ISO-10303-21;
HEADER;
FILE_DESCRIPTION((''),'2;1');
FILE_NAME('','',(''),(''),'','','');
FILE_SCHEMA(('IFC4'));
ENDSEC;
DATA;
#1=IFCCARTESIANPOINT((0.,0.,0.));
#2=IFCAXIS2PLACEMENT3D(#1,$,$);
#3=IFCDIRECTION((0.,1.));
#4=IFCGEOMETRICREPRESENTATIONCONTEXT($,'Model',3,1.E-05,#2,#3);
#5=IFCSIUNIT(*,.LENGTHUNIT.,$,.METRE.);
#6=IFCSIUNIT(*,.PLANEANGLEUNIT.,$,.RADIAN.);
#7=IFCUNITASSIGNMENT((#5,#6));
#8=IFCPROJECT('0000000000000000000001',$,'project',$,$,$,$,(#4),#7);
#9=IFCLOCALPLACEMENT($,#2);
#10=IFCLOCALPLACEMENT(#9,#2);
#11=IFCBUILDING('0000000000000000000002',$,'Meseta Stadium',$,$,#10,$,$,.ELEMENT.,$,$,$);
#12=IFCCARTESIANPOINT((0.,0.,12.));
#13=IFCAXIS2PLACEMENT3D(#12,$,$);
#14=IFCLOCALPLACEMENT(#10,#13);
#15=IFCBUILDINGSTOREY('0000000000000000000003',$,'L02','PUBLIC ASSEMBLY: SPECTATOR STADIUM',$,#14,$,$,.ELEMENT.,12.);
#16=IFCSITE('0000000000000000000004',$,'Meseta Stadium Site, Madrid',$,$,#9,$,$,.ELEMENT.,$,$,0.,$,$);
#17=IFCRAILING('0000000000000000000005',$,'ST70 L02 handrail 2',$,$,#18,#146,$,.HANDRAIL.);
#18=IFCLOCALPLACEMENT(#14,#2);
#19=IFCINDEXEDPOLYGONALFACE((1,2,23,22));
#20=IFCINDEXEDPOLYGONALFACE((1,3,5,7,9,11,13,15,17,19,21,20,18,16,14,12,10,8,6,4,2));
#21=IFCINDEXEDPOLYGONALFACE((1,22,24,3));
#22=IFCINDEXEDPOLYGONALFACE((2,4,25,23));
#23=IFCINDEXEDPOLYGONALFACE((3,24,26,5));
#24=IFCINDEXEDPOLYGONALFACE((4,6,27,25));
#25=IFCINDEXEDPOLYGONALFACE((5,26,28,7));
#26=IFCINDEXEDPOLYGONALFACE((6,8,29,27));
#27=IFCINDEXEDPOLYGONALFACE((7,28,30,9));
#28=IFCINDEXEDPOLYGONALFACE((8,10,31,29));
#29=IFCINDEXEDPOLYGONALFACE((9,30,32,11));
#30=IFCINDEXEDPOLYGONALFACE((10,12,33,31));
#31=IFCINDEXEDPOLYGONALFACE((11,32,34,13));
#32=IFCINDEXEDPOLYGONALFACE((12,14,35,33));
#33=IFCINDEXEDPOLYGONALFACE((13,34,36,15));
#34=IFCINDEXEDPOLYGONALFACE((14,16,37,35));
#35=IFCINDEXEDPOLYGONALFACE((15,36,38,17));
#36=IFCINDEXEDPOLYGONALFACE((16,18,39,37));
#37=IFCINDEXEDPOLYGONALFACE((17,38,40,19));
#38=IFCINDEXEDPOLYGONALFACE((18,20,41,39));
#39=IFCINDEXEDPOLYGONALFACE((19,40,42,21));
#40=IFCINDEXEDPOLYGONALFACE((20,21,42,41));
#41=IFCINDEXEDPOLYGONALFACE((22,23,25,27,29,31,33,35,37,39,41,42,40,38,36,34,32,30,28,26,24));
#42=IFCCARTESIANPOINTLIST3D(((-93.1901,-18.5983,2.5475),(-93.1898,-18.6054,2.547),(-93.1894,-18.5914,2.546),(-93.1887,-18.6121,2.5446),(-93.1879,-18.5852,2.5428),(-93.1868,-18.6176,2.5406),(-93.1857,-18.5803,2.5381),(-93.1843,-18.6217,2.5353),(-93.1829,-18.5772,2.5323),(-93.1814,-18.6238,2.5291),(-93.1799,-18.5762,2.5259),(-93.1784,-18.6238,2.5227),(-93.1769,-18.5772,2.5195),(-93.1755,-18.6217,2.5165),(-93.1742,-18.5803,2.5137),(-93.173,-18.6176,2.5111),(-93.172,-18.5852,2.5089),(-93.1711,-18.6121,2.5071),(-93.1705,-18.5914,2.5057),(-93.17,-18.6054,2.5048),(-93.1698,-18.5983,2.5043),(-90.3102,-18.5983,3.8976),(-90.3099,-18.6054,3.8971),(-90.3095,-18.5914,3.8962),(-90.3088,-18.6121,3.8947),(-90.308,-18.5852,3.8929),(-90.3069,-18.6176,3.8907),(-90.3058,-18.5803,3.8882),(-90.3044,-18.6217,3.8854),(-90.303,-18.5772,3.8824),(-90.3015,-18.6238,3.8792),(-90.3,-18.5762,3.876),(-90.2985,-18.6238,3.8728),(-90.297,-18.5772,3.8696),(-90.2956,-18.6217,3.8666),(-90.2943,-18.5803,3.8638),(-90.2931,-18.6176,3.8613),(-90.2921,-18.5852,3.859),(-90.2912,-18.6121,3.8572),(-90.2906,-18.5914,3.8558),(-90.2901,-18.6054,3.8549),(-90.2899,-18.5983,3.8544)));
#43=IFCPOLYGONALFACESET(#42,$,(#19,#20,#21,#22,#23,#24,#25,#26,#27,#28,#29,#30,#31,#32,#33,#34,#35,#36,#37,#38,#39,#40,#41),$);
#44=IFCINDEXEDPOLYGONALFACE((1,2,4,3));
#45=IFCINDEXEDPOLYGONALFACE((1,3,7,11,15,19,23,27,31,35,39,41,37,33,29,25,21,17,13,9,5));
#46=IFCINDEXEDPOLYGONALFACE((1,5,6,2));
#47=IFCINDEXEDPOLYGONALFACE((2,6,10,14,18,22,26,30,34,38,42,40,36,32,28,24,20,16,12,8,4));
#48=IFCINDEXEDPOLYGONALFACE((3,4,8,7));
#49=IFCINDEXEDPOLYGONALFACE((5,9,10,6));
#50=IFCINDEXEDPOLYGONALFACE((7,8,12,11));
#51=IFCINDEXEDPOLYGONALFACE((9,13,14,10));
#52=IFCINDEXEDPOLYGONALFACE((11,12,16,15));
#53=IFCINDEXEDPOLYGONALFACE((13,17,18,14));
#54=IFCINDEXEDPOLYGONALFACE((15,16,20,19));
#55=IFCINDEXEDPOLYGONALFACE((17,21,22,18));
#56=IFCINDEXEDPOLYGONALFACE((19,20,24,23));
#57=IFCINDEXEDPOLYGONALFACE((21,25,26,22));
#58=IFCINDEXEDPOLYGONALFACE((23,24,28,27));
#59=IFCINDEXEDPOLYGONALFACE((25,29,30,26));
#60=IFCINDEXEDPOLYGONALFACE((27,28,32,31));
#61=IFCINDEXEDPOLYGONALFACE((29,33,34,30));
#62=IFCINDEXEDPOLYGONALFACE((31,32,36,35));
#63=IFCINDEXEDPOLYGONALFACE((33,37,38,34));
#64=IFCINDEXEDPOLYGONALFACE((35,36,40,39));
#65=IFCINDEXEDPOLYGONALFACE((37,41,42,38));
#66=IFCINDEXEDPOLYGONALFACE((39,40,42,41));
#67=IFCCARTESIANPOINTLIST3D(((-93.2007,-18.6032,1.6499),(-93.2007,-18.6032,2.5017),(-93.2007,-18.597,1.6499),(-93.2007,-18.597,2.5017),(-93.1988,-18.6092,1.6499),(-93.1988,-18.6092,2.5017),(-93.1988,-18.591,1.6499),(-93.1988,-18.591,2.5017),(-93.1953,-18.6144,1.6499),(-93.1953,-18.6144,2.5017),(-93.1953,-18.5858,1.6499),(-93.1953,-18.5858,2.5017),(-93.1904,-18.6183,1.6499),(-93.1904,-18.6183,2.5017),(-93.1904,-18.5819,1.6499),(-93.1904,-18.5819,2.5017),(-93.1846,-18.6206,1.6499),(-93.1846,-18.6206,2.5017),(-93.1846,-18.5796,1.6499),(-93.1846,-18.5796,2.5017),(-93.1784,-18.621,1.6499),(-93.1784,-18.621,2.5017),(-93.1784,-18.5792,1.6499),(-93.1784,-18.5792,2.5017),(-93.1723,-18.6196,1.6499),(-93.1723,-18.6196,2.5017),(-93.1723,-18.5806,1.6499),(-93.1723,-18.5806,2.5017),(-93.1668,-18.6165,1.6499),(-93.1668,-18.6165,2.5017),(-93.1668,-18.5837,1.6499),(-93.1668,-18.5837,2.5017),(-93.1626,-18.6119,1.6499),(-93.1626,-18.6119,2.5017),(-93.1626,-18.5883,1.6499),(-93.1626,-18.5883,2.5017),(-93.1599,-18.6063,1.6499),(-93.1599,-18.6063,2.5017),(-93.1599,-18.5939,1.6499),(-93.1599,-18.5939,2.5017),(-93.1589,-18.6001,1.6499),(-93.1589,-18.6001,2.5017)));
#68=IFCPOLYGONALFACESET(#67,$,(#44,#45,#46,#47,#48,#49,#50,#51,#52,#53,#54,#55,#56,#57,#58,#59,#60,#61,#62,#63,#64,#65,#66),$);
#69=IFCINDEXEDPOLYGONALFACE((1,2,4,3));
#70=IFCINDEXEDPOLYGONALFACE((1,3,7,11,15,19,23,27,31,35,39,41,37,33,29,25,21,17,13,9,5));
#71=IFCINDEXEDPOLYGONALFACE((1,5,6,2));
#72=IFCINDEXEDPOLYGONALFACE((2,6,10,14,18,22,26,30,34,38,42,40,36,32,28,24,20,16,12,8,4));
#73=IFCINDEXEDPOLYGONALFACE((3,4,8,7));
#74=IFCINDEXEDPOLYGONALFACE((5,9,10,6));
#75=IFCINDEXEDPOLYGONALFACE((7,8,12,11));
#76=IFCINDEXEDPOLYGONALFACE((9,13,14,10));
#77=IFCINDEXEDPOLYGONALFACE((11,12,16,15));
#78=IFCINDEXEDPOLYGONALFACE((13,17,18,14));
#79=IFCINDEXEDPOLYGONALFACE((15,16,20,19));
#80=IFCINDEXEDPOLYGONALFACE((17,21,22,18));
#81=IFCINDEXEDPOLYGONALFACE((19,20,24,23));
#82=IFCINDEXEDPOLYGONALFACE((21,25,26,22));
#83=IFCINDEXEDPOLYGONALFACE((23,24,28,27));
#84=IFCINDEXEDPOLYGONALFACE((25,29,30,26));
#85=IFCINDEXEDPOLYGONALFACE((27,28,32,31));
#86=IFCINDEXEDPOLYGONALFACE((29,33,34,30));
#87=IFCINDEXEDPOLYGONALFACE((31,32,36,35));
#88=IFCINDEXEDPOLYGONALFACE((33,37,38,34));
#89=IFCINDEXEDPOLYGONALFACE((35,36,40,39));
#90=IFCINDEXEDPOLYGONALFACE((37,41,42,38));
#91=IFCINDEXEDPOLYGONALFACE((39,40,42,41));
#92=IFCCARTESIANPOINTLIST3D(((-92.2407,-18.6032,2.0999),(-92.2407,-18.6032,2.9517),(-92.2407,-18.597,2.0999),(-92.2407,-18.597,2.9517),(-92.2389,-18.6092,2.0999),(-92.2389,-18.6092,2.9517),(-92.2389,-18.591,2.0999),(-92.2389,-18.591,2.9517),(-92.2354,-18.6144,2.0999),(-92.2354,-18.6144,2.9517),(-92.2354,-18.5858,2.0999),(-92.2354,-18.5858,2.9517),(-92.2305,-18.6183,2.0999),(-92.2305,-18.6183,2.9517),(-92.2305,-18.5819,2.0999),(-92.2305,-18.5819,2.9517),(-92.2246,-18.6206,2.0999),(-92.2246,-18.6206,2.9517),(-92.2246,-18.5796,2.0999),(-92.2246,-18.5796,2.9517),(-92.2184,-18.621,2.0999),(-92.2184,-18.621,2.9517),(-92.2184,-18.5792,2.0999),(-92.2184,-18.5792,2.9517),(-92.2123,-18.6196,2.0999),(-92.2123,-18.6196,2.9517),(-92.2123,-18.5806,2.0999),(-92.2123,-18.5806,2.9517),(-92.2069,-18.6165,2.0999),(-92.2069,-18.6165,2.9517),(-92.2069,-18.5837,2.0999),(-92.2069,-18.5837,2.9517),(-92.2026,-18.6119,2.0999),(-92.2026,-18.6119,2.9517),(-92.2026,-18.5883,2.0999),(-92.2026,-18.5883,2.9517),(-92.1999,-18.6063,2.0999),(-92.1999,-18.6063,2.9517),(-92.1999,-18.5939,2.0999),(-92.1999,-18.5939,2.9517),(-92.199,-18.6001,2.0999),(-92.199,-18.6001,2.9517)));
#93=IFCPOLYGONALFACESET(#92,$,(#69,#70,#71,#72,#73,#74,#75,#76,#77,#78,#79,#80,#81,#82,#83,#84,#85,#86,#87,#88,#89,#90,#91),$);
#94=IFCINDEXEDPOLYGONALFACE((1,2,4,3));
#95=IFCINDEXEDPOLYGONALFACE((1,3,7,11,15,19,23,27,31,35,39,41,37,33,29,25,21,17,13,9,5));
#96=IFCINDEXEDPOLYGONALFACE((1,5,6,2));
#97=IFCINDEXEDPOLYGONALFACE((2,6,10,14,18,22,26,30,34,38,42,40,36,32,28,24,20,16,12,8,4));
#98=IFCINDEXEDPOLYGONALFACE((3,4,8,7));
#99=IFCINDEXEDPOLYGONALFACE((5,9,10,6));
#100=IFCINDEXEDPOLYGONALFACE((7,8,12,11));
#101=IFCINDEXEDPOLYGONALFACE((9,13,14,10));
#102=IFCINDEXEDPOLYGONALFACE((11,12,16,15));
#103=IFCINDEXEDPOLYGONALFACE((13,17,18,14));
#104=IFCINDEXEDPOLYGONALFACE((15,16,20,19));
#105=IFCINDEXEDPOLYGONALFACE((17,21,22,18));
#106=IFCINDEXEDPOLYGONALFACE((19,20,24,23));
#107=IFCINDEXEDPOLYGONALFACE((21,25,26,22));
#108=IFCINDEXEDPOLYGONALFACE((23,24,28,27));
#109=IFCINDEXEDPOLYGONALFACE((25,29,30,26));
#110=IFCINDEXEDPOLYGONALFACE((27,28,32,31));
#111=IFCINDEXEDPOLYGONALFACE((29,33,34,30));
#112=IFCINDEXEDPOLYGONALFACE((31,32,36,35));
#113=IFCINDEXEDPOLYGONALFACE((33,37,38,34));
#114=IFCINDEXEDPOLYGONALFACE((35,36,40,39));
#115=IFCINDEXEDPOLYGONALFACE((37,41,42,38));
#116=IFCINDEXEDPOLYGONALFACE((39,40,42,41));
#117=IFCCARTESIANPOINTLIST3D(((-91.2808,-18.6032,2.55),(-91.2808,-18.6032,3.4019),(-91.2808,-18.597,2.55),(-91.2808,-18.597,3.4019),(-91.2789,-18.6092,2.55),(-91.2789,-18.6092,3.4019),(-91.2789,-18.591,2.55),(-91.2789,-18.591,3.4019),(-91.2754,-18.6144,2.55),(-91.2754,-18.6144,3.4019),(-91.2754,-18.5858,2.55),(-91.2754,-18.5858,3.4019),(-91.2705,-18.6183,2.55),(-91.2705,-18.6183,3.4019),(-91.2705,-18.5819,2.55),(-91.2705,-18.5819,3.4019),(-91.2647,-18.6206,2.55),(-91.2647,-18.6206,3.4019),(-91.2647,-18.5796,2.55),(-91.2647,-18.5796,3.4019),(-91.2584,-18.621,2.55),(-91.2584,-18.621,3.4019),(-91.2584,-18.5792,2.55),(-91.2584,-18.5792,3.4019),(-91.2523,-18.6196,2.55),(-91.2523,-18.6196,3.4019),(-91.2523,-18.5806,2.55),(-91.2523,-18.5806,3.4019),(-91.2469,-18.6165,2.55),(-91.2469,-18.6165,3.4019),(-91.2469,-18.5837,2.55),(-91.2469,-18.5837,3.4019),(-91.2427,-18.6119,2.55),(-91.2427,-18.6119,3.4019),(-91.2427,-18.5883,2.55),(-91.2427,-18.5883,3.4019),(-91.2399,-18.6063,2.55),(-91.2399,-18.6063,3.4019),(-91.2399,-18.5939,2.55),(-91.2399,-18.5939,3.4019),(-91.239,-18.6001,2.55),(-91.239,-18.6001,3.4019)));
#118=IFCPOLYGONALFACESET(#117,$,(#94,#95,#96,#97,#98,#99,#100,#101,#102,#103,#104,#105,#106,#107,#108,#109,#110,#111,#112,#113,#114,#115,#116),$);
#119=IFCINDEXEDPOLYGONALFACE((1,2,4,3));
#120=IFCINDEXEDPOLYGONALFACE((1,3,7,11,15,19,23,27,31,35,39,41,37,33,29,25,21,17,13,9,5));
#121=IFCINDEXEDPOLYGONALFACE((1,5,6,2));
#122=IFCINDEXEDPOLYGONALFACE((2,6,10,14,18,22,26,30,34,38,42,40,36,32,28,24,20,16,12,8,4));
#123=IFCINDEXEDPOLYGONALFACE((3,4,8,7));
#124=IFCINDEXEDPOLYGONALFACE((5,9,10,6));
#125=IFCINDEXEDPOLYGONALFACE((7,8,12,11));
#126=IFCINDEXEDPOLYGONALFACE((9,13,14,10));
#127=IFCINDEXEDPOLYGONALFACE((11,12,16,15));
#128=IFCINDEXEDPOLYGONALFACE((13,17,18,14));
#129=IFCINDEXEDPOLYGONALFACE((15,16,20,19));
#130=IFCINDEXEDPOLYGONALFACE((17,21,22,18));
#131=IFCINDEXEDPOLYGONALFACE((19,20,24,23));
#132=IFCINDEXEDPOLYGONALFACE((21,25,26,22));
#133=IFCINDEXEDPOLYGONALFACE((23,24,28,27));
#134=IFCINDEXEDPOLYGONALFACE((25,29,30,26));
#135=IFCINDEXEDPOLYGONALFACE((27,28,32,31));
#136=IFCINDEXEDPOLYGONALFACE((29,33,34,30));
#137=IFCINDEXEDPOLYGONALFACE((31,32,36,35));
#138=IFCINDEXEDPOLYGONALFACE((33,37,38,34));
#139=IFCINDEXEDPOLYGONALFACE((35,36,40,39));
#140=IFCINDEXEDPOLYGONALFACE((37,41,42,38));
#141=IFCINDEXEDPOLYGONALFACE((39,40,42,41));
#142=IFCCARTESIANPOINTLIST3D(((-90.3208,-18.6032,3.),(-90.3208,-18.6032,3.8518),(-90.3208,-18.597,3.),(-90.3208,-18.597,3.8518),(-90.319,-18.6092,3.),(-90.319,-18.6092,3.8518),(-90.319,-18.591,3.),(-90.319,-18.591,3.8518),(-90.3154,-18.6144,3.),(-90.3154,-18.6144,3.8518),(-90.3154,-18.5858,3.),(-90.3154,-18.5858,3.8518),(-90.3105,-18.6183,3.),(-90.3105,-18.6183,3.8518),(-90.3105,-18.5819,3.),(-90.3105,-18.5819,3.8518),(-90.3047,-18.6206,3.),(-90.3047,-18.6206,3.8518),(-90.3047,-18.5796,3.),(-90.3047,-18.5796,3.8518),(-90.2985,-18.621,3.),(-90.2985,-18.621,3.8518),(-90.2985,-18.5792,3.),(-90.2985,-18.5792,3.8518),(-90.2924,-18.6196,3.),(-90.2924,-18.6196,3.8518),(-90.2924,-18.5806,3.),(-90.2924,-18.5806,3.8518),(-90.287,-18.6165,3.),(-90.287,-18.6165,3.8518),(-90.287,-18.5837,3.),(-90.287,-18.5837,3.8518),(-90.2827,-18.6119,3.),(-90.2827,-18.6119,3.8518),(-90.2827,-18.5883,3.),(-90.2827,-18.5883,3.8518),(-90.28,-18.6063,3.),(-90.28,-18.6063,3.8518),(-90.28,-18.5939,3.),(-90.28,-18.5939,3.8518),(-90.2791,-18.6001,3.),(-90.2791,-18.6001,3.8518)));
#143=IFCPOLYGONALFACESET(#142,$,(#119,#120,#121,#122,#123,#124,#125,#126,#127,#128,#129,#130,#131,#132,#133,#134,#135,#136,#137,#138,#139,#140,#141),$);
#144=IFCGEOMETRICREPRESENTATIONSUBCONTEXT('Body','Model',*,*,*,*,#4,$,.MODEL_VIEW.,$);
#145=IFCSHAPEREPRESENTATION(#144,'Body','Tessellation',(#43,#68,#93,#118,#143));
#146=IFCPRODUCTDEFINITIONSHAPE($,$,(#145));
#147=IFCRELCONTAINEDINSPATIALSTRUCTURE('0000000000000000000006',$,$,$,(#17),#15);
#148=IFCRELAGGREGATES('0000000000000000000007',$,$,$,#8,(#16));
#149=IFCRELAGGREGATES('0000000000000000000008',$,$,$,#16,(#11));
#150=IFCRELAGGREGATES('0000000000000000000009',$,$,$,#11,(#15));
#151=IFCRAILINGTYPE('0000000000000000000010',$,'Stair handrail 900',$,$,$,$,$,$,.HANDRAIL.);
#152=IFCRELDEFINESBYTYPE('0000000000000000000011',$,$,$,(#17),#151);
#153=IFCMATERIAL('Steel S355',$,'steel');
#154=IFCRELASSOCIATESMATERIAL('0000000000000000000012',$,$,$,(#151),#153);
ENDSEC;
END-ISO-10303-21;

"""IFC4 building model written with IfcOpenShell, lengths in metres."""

from ifc_helpers import new_model, si_unit, direction, frame, origin, origin_2d, place, context, subcontext, project, spatial, circle, extrude, material, type_object, element, save


model = new_model("IFC4")

# Units and contexts
model_context = context("Model", 3, precision=1e-05, world=origin(), true_north=direction((0.0, 1.0)))
body_context = subcontext(model_context, "Body", "Model", "MODEL_VIEW")
ifc_project = project(units=[si_unit("LENGTHUNIT", "METRE"), si_unit("PLANEANGLEUNIT", "RADIAN")], contexts=[model_context])

# Site, building, storey
site_placement = place(None, origin())
site = spatial("IfcSite", under=ifc_project, at=site_placement, Name="Meseta Stadium Site, Madrid", CompositionType="ELEMENT", RefElevation=0.0)
building_placement = place(site_placement, origin())
building = spatial("IfcBuilding", under=site, at=building_placement, Name="Meseta Stadium", CompositionType="ELEMENT")
storey_placement = place(building_placement, frame((0.0, 0.0, 12.0)))
storey = spatial("IfcBuildingStorey", under=building, at=storey_placement, Name="L02", Description="PUBLIC ASSEMBLY: SPECTATOR STADIUM", CompositionType="ELEMENT", Elevation=12.0)

# Railing
ifc_material_1 = material(Name="Steel S355", Category="steel")
railing_type_1 = type_object("IfcRailingType", Name="Stair handrail 900", PredefinedType="HANDRAIL", material=ifc_material_1)
for number, where, name in (
    (1, (-93.1799, -18.6001, 1.6499), "ST70 L02 handrail 2"),
):
    element("IfcRailing", number, at=place(storey_placement, frame(where)), inside=storey, type_object=railing_type_1, Name=name, PredefinedType="HANDRAIL", context=body_context, shape_type="SweptSolid", body=[
        extrude(circle(Radius=0.0239, at=origin_2d()), frame((0.0, 0.0, 0.876), z_axis=(0.90544, 0.0, 0.424473), x_axis=(0.0, 1.0, 0.0)), (0.0, 0.0, 1.0), 3.1807),
        extrude(circle(Radius=0.021, at=origin_2d()), origin(), (0.0, 0.0, 1.0), 0.8518),
        extrude(circle(Radius=0.021, at=origin_2d()), frame((0.96, 0.0, 0.45)), (0.0, 0.0, 1.0), 0.8518),
        extrude(circle(Radius=0.021, at=origin_2d()), frame((1.9199, 0.0, 0.9001)), (0.0, 0.0, 1.0), 0.8518),
        extrude(circle(Radius=0.021, at=origin_2d()), frame((2.8799, 0.0, 1.3501)), (0.0, 0.0, 1.0), 0.8518),
    ])

save(model, "model.ifc")
